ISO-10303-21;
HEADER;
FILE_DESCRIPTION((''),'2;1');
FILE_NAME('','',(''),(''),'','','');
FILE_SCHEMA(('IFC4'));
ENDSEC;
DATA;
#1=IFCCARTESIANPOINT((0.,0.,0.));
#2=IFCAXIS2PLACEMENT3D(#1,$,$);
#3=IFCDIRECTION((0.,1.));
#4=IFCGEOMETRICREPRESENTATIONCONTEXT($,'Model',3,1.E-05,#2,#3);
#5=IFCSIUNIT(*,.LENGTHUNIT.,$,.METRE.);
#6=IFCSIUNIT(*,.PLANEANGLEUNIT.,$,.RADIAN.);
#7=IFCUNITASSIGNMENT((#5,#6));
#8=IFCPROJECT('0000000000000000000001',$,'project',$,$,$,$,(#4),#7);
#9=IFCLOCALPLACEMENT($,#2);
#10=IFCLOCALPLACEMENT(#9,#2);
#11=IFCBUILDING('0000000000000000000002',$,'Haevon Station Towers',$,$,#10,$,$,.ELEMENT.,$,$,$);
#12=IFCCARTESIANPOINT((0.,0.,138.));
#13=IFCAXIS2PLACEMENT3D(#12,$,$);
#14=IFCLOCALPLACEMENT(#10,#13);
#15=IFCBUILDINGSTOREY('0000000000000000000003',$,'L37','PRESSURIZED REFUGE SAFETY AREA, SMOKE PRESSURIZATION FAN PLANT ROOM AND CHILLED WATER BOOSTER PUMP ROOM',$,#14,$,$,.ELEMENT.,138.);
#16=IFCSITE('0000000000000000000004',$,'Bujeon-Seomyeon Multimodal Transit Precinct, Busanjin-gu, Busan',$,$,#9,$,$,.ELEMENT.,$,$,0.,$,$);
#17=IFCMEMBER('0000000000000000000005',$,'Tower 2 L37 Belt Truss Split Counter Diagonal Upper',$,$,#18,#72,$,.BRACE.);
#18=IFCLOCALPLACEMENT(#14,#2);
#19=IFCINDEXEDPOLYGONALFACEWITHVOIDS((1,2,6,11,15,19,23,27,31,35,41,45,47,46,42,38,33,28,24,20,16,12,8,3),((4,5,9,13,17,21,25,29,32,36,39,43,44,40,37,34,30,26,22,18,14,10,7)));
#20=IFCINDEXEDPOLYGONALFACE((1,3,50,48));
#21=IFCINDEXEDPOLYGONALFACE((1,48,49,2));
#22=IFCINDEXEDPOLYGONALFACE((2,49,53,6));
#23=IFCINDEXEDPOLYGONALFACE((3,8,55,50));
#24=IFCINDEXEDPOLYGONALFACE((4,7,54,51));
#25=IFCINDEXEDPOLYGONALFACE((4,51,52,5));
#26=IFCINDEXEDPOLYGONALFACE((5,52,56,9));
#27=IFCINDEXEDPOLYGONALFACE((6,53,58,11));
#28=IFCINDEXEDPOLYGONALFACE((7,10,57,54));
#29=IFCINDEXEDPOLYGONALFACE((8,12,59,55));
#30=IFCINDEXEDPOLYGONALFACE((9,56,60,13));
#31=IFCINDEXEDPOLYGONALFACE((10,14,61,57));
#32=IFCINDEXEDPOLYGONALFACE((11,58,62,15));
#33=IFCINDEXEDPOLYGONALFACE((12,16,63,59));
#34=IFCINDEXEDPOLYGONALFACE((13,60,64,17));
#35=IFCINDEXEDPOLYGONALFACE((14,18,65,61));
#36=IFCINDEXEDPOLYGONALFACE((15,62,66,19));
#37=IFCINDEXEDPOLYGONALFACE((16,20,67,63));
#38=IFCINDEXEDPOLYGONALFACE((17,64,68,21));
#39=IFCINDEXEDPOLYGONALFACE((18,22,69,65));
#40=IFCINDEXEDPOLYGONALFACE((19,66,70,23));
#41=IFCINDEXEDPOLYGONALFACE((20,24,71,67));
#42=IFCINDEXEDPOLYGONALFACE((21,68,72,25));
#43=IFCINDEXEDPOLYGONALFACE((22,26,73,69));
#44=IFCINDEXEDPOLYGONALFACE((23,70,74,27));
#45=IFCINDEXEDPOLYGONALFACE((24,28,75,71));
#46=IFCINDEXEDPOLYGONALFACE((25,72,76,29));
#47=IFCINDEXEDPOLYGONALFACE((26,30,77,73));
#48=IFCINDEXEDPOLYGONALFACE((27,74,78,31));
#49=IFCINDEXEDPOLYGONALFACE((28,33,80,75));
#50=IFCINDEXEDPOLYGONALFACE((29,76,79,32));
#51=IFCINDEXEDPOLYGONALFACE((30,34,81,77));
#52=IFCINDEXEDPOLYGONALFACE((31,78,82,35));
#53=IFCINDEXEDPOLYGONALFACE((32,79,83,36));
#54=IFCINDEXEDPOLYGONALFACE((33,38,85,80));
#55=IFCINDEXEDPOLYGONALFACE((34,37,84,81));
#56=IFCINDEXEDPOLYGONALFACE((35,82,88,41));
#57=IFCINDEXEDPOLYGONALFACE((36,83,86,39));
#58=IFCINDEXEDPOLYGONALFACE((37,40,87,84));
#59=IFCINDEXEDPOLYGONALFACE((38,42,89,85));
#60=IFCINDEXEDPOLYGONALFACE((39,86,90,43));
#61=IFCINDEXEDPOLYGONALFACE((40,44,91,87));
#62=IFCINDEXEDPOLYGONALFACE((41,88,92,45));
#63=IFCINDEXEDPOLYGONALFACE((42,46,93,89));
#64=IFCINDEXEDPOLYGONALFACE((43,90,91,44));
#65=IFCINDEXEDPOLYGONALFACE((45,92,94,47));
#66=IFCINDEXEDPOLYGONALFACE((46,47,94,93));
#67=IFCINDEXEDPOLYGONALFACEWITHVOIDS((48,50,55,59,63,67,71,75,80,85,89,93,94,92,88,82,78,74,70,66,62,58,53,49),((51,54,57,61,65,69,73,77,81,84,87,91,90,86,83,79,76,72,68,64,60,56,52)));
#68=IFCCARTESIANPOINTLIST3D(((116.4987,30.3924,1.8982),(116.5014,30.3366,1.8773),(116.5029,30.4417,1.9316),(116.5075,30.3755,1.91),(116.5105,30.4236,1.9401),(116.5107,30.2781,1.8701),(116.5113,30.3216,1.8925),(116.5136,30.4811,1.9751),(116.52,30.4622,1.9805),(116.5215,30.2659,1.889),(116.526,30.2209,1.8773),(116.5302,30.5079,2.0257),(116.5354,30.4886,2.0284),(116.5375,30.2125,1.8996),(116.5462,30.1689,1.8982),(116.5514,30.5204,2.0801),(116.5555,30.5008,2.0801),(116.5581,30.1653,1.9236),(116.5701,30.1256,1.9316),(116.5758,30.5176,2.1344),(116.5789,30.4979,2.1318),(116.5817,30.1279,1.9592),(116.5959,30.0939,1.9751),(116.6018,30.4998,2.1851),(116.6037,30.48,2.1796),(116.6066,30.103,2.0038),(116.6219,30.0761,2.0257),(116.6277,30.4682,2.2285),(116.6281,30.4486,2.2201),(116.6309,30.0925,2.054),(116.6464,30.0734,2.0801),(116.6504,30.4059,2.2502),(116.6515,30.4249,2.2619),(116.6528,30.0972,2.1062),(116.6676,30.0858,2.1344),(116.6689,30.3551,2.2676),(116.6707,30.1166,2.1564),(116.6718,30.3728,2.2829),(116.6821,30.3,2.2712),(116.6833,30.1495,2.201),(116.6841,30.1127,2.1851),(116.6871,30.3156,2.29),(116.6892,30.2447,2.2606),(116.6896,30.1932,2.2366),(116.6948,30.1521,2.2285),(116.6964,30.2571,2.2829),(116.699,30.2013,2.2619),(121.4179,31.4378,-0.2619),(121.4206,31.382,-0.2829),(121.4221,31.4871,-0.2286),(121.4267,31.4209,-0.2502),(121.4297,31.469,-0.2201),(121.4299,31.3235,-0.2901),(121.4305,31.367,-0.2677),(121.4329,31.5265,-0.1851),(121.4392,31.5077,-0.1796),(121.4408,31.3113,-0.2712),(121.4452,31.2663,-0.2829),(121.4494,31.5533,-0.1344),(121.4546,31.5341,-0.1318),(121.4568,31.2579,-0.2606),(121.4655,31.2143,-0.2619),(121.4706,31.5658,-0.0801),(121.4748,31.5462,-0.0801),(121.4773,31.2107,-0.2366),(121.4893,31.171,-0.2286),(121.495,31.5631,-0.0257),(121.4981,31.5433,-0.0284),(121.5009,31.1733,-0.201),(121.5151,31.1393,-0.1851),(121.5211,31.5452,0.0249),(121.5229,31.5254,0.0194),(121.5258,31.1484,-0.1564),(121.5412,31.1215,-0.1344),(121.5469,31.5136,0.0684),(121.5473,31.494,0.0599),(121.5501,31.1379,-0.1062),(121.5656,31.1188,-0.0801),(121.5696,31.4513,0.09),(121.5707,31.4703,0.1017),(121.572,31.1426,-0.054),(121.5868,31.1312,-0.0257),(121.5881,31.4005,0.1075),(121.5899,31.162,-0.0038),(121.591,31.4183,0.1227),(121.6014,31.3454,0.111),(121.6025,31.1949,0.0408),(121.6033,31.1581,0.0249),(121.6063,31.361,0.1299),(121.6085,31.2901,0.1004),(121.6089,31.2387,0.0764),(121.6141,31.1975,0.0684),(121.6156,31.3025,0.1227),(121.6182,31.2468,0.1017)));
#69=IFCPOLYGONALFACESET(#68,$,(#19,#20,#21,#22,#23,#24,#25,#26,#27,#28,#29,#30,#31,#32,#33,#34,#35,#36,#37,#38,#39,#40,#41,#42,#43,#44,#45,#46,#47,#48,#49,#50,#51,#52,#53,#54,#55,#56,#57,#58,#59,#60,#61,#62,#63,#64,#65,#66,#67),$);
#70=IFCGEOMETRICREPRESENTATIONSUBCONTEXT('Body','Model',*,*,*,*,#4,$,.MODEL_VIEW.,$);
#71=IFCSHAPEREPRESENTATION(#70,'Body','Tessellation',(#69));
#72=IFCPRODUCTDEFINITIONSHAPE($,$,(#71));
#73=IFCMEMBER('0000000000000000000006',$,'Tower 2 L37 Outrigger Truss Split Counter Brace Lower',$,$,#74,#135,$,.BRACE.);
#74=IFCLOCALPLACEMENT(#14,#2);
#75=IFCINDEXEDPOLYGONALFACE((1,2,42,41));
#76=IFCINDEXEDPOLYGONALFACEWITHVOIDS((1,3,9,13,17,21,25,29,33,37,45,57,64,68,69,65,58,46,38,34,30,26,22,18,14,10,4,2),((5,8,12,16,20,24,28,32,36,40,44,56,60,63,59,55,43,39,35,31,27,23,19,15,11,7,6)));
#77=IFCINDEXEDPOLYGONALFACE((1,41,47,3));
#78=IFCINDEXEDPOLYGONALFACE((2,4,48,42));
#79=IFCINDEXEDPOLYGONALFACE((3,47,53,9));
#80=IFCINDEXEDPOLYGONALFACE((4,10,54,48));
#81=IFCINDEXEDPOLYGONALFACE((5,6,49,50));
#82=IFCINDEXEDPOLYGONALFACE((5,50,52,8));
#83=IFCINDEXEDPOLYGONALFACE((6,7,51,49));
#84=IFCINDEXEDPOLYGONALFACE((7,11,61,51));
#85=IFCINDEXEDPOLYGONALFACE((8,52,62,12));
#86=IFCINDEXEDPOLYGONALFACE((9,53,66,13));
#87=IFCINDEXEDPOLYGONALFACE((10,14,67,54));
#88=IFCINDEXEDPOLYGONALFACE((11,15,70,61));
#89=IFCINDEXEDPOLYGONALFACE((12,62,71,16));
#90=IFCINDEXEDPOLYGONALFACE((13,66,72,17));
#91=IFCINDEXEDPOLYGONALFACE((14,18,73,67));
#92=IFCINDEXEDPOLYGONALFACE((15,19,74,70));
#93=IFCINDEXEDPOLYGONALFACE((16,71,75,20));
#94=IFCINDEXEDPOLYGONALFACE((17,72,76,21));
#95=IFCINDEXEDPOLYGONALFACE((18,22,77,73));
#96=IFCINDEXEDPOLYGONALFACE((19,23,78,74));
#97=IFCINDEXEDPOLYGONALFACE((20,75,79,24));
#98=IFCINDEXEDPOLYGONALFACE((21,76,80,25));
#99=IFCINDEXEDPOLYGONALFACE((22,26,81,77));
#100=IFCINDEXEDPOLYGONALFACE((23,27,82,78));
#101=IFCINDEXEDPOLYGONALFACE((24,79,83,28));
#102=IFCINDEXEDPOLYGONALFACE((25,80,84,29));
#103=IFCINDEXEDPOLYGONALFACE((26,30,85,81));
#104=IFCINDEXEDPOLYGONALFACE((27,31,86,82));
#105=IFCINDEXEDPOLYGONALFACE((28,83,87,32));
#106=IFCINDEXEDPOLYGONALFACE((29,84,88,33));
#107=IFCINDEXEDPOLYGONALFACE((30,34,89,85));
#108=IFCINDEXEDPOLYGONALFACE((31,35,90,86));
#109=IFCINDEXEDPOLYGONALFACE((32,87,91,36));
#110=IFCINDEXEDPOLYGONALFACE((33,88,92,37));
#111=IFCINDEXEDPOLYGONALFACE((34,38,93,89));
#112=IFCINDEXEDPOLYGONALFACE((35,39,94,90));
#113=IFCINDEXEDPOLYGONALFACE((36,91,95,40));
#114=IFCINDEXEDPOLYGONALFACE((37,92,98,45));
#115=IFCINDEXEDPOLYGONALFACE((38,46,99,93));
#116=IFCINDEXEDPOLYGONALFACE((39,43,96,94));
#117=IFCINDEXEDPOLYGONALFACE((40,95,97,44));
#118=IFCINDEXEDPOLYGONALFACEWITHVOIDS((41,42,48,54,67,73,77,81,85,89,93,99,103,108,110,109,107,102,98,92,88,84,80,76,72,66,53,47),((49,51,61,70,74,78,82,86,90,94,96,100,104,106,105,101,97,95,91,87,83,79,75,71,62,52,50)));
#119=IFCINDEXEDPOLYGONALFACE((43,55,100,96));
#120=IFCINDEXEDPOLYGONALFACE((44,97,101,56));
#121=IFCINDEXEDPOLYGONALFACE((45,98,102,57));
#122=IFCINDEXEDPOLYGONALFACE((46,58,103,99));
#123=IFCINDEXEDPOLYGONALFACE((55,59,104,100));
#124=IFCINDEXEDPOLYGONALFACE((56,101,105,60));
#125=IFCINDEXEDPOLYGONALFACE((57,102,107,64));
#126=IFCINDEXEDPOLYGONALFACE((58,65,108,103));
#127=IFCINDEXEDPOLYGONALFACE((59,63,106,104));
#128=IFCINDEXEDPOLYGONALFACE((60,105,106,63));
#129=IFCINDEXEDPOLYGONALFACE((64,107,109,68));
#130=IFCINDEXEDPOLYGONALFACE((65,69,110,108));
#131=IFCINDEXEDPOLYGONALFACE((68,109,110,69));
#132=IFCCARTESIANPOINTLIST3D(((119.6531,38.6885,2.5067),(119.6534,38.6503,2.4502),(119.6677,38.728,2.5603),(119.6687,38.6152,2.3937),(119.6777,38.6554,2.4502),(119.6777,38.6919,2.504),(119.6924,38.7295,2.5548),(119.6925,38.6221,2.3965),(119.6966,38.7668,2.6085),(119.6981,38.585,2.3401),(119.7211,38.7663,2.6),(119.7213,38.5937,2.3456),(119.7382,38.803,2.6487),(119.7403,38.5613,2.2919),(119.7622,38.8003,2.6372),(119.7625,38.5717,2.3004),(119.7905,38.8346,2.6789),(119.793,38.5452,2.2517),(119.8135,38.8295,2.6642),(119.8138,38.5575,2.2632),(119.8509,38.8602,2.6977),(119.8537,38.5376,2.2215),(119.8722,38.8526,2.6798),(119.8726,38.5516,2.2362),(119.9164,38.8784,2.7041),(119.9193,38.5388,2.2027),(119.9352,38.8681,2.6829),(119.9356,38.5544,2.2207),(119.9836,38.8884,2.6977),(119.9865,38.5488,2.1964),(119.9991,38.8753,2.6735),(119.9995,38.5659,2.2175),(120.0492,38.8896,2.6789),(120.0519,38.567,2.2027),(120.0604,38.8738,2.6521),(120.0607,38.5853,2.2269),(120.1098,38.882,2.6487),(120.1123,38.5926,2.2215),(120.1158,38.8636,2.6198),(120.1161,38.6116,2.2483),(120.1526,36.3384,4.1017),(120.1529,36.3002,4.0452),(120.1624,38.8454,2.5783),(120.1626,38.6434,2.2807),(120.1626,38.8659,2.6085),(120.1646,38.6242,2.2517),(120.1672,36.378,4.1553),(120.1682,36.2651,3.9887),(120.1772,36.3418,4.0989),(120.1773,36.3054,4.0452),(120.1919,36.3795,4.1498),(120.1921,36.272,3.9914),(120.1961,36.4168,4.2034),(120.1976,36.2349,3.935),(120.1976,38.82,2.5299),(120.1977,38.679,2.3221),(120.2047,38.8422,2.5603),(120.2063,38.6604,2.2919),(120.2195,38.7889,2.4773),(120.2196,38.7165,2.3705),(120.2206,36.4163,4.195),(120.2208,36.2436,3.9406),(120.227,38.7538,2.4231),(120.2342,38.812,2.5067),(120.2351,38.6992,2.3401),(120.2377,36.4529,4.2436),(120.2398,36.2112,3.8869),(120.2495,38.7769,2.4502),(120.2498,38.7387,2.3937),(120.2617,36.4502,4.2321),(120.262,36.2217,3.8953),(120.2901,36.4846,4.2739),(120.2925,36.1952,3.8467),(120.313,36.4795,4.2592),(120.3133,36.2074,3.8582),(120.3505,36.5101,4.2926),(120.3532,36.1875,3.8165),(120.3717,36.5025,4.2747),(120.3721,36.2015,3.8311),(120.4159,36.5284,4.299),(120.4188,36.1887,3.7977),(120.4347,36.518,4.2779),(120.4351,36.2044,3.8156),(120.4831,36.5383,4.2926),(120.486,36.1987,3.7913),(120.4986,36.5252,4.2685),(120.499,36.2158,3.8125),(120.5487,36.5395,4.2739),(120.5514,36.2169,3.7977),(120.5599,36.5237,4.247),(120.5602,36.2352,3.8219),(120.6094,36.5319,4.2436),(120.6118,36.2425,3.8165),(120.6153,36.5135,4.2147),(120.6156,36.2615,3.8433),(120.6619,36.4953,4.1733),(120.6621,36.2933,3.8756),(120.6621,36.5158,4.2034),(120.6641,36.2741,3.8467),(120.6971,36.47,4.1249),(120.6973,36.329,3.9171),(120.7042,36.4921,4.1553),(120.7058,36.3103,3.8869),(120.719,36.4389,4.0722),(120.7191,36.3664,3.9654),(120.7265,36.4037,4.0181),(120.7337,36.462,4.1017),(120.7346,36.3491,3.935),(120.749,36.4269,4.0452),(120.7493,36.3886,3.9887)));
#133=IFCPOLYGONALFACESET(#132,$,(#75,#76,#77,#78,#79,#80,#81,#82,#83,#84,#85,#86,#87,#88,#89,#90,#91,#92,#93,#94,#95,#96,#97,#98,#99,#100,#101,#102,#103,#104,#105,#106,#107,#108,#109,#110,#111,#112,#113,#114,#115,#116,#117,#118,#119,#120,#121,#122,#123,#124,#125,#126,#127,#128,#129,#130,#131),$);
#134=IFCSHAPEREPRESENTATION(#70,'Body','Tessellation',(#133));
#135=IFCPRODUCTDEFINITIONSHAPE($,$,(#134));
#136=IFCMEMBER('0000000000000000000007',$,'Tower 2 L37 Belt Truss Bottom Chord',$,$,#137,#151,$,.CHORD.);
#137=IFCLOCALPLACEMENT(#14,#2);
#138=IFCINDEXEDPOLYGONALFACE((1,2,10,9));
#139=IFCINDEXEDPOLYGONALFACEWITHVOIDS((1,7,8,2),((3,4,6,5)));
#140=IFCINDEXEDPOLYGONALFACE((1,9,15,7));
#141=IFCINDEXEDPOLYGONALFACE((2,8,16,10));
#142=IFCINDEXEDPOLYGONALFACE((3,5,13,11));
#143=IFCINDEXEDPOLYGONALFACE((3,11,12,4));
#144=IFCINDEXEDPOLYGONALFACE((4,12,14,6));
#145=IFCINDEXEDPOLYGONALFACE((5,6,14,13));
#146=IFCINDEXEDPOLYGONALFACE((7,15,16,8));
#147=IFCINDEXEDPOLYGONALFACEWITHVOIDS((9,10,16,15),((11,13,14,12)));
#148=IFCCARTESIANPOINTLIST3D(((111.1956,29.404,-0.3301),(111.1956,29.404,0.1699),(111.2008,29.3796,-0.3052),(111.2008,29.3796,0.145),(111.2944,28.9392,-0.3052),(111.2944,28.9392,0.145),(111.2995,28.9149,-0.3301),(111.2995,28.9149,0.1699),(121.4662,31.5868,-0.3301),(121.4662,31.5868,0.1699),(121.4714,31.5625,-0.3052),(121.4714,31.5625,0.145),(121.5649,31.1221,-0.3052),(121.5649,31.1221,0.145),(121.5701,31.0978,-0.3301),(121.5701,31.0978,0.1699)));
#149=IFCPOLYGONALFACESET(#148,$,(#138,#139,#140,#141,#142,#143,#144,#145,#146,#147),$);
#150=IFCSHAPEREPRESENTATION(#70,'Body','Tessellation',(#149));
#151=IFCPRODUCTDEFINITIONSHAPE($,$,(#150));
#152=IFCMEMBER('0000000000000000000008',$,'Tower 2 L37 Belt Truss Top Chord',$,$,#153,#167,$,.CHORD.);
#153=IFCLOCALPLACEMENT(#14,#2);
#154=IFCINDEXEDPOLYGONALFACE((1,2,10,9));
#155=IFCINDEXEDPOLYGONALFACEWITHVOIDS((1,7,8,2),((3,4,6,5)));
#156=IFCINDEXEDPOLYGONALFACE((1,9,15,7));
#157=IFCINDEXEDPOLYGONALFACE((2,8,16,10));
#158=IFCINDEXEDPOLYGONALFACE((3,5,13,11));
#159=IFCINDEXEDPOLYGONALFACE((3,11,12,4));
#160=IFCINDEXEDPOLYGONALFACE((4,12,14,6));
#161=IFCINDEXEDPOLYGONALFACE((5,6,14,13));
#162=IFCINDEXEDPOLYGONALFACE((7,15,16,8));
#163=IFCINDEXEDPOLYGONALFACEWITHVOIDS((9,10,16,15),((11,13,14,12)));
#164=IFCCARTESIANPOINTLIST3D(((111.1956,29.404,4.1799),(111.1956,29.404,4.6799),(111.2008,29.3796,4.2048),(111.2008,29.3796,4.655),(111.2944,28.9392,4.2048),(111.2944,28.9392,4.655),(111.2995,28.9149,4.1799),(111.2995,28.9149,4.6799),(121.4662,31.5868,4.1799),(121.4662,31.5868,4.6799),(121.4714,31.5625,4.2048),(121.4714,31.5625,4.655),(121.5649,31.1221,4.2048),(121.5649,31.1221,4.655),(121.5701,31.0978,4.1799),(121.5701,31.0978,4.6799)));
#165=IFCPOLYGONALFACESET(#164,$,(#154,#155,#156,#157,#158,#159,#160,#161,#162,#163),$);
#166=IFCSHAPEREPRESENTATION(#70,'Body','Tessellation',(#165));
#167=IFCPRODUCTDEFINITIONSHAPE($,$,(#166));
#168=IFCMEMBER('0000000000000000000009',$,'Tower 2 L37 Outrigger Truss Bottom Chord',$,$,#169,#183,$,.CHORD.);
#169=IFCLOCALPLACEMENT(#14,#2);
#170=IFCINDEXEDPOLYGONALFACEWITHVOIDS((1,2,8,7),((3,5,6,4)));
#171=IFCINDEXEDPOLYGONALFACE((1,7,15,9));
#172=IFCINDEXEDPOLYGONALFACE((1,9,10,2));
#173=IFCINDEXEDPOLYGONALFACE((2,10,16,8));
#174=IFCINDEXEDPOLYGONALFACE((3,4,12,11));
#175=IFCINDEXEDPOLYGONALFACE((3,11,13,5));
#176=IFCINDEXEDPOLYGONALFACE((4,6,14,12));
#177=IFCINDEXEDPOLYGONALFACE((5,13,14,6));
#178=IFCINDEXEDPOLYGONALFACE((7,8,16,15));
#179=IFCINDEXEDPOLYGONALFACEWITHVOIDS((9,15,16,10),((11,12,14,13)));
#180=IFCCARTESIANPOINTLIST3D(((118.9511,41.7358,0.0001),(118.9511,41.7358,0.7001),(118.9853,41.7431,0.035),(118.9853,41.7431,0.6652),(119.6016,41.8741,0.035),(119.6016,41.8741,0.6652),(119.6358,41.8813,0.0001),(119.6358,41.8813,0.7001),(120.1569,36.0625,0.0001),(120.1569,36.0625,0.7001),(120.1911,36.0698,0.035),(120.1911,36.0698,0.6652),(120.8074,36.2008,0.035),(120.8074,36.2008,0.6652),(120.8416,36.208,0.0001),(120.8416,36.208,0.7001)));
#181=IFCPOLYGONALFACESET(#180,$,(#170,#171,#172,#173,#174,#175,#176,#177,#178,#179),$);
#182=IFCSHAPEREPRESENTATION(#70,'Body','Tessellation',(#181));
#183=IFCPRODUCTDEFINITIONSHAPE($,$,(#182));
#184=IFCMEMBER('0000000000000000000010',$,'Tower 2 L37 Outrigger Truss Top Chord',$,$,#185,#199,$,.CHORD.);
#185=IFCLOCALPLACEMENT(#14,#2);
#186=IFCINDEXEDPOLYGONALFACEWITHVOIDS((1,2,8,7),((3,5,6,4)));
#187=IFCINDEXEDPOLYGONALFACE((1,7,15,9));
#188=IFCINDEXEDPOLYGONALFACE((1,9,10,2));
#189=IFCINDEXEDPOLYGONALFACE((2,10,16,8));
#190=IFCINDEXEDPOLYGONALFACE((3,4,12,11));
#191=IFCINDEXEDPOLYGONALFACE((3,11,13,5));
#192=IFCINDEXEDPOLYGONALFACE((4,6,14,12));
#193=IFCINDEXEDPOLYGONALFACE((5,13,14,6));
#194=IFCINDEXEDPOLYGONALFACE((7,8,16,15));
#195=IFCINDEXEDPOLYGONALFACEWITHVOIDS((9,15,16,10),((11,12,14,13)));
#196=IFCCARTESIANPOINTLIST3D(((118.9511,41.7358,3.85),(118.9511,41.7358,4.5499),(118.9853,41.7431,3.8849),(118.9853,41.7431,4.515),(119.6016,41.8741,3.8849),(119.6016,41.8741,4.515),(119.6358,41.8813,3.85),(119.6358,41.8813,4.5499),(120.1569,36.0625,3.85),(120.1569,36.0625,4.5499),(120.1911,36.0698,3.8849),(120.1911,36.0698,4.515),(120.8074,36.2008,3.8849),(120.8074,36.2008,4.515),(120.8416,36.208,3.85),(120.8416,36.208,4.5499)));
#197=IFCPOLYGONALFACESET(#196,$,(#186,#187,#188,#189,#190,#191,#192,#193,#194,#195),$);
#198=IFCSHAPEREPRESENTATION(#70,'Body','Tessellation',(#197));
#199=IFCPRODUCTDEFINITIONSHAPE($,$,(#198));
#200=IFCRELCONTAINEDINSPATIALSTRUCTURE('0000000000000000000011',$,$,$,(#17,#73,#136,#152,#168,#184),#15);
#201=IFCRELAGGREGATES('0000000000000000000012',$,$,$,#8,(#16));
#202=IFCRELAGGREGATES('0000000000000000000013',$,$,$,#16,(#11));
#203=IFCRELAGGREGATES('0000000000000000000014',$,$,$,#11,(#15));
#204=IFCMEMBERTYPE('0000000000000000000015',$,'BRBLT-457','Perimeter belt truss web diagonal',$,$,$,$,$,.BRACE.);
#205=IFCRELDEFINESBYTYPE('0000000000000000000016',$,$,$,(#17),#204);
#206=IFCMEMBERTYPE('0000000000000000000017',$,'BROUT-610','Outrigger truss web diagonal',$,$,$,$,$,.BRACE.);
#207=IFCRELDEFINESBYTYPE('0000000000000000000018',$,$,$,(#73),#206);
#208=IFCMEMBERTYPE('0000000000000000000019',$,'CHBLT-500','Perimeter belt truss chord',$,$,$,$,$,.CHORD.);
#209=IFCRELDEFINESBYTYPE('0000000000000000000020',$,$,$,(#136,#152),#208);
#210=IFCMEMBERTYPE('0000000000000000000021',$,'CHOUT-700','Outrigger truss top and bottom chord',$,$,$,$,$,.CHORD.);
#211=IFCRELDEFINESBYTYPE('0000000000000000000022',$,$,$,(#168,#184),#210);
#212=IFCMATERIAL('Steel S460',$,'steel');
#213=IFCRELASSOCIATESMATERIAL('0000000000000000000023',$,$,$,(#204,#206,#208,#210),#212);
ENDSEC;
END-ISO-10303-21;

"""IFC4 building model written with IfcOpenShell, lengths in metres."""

from ifc_helpers import new_model, si_unit, direction, frame, origin, origin_2d, place, context, subcontext, project, spatial, hollow_rectangle, hollow_circle, extrude, material, material_profile, profile_set, type_object, element, save


model = new_model("IFC4")

# Units and contexts
model_context = context("Model", 3, precision=1e-05, world=origin(), true_north=direction((0.0, 1.0)))
body_context = subcontext(model_context, "Body", "Model", "MODEL_VIEW")
ifc_project = project(units=[si_unit("LENGTHUNIT", "METRE"), si_unit("PLANEANGLEUNIT", "RADIAN")], contexts=[model_context])

# Site, building, storey
site_placement = place(None, origin())
site = spatial("IfcSite", under=ifc_project, at=site_placement, Name="Bujeon-Seomyeon Multimodal Transit Precinct, Busanjin-gu, Busan", CompositionType="ELEMENT", RefElevation=0.0)
building_placement = place(site_placement, origin())
building = spatial("IfcBuilding", under=site, at=building_placement, Name="Haevon Station Towers", CompositionType="ELEMENT")
storey_placement = place(building_placement, frame((0.0, 0.0, 138.0)))
storey = spatial("IfcBuildingStorey", under=building, at=storey_placement, Name="L37", Description="PRESSURIZED REFUGE SAFETY AREA, SMOKE PRESSURIZATION FAN PLANT ROOM AND CHILLED WATER BOOSTER PUMP ROOM", CompositionType="ELEMENT", Elevation=138.0)

# Shared definitions
ifc_material_1 = material(Name="Steel S460", Category="steel")

# Members
ifc_material_profile_1 = material_profile(ifc_material_1, hollow_circle(Radius=0.2285, WallThickness=0.02, at=origin_2d()), Name="CHS-457x20")
ifc_profile_set_1 = profile_set([ifc_material_profile_1], Name="Steel S460")
member_type_1 = type_object("IfcMemberType", Name="BRBLT-457", Description="Perimeter belt truss web diagonal", PredefinedType="BRACE", material=ifc_profile_set_1)
member_1_placement = place(storey_placement, frame((116.5989, 30.2969, 2.0801), z_axis=(0.898753, 0.191, -0.394668), x_axis=(-0.207874, 0.978156, 0.0)))
element("IfcMember", 1, at=member_1_placement, inside=storey, type_object=member_type_1, Name="Tower 2 L37 Belt Truss Split Counter Diagonal Upper", PredefinedType="BRACE", context=body_context, shape_type="SweptSolid", body=[
    extrude(hollow_circle(Radius=0.2285, WallThickness=0.02, at=origin_2d()), origin(), (0.0, 0.0, 1.0), 5.4734),
])
ifc_material_profile_2 = material_profile(ifc_material_1, hollow_circle(Radius=0.3047, WallThickness=0.0249, at=origin_2d()), Name="CHS-609.6x25")
ifc_profile_set_2 = profile_set([ifc_material_profile_2], Name="Steel S460")
member_type_2 = type_object("IfcMemberType", Name="BROUT-610", Description="Outrigger truss web diagonal", PredefinedType="BRACE", material=ifc_profile_set_2)
member_2_placement = place(storey_placement, frame((120.4509, 36.3635, 4.0452), z_axis=(-0.173212, 0.814926, -0.553076), x_axis=(-0.978149, -0.207905, 0.0)))
element("IfcMember", 2, at=member_2_placement, inside=storey, type_object=member_type_2, Name="Tower 2 L37 Outrigger Truss Split Counter Brace Lower", PredefinedType="BRACE", context=body_context, shape_type="SweptSolid", body=[
    extrude(hollow_circle(Radius=0.3047, WallThickness=0.0249, at=origin_2d()), origin(), (0.0, 0.0, 1.0), 2.8838),
])
ifc_material_profile_3 = material_profile(ifc_material_1, hollow_rectangle(XDim=0.5, YDim=0.5, WallThickness=0.0249, at=origin_2d()), Name="RHS-500x500x25")
ifc_profile_set_3 = profile_set([ifc_material_profile_3], Name="Steel S460")
member_type_3 = type_object("IfcMemberType", Name="CHBLT-500", Description="Perimeter belt truss chord", PredefinedType="CHORD", material=ifc_profile_set_3)
for number, where, z_axis, x_axis, name in (
    (3, (111.2476, 29.1594, -0.0801), (0.978152, 0.207893, 0.0), (-0.207893, 0.978152, 0.0), "Tower 2 L37 Belt Truss Bottom Chord"),
    (4, (111.2476, 29.1594, 4.4299), (0.978152, 0.207893, 0.0), (-0.207893, 0.978152, 0.0), "Tower 2 L37 Belt Truss Top Chord"),
):
    element("IfcMember", number, at=place(storey_placement, frame(where, z_axis=z_axis, x_axis=x_axis)), inside=storey, type_object=member_type_3, Name=name, PredefinedType="CHORD", context=body_context, shape_type="SweptSolid", body=[
        extrude(hollow_rectangle(XDim=0.5, YDim=0.5, WallThickness=0.0249, at=origin_2d()), origin(), (0.0, 0.0, 1.0), 10.5),
    ])
ifc_material_profile_4 = material_profile(ifc_material_1, hollow_rectangle(XDim=0.7, YDim=0.7, WallThickness=0.0349, at=origin_2d()), Name="RHS-700x700x35")
ifc_profile_set_4 = profile_set([ifc_material_profile_4], Name="Steel S460")
member_type_4 = type_object("IfcMemberType", Name="CHOUT-700", Description="Outrigger truss top and bottom chord", PredefinedType="CHORD", material=ifc_profile_set_4)
for number, where, z_axis, x_axis, name in (
    (5, (120.4993, 36.1353, 0.3501), (-0.207896, 0.978151, 0.0), (-0.978151, -0.207896, 0.0), "Tower 2 L37 Outrigger Truss Bottom Chord"),
    (6, (120.4993, 36.1353, 4.2), (-0.207896, 0.978151, 0.0), (-0.978151, -0.207896, 0.0), "Tower 2 L37 Outrigger Truss Top Chord"),
):
    element("IfcMember", number, at=place(storey_placement, frame(where, z_axis=z_axis, x_axis=x_axis)), inside=storey, type_object=member_type_4, Name=name, PredefinedType="CHORD", context=body_context, shape_type="SweptSolid", body=[
        extrude(hollow_rectangle(XDim=0.7, YDim=0.7, WallThickness=0.0349, at=origin_2d()), origin(), (0.0, 0.0, 1.0), 5.8),
    ])

save(model, "model.ifc")
